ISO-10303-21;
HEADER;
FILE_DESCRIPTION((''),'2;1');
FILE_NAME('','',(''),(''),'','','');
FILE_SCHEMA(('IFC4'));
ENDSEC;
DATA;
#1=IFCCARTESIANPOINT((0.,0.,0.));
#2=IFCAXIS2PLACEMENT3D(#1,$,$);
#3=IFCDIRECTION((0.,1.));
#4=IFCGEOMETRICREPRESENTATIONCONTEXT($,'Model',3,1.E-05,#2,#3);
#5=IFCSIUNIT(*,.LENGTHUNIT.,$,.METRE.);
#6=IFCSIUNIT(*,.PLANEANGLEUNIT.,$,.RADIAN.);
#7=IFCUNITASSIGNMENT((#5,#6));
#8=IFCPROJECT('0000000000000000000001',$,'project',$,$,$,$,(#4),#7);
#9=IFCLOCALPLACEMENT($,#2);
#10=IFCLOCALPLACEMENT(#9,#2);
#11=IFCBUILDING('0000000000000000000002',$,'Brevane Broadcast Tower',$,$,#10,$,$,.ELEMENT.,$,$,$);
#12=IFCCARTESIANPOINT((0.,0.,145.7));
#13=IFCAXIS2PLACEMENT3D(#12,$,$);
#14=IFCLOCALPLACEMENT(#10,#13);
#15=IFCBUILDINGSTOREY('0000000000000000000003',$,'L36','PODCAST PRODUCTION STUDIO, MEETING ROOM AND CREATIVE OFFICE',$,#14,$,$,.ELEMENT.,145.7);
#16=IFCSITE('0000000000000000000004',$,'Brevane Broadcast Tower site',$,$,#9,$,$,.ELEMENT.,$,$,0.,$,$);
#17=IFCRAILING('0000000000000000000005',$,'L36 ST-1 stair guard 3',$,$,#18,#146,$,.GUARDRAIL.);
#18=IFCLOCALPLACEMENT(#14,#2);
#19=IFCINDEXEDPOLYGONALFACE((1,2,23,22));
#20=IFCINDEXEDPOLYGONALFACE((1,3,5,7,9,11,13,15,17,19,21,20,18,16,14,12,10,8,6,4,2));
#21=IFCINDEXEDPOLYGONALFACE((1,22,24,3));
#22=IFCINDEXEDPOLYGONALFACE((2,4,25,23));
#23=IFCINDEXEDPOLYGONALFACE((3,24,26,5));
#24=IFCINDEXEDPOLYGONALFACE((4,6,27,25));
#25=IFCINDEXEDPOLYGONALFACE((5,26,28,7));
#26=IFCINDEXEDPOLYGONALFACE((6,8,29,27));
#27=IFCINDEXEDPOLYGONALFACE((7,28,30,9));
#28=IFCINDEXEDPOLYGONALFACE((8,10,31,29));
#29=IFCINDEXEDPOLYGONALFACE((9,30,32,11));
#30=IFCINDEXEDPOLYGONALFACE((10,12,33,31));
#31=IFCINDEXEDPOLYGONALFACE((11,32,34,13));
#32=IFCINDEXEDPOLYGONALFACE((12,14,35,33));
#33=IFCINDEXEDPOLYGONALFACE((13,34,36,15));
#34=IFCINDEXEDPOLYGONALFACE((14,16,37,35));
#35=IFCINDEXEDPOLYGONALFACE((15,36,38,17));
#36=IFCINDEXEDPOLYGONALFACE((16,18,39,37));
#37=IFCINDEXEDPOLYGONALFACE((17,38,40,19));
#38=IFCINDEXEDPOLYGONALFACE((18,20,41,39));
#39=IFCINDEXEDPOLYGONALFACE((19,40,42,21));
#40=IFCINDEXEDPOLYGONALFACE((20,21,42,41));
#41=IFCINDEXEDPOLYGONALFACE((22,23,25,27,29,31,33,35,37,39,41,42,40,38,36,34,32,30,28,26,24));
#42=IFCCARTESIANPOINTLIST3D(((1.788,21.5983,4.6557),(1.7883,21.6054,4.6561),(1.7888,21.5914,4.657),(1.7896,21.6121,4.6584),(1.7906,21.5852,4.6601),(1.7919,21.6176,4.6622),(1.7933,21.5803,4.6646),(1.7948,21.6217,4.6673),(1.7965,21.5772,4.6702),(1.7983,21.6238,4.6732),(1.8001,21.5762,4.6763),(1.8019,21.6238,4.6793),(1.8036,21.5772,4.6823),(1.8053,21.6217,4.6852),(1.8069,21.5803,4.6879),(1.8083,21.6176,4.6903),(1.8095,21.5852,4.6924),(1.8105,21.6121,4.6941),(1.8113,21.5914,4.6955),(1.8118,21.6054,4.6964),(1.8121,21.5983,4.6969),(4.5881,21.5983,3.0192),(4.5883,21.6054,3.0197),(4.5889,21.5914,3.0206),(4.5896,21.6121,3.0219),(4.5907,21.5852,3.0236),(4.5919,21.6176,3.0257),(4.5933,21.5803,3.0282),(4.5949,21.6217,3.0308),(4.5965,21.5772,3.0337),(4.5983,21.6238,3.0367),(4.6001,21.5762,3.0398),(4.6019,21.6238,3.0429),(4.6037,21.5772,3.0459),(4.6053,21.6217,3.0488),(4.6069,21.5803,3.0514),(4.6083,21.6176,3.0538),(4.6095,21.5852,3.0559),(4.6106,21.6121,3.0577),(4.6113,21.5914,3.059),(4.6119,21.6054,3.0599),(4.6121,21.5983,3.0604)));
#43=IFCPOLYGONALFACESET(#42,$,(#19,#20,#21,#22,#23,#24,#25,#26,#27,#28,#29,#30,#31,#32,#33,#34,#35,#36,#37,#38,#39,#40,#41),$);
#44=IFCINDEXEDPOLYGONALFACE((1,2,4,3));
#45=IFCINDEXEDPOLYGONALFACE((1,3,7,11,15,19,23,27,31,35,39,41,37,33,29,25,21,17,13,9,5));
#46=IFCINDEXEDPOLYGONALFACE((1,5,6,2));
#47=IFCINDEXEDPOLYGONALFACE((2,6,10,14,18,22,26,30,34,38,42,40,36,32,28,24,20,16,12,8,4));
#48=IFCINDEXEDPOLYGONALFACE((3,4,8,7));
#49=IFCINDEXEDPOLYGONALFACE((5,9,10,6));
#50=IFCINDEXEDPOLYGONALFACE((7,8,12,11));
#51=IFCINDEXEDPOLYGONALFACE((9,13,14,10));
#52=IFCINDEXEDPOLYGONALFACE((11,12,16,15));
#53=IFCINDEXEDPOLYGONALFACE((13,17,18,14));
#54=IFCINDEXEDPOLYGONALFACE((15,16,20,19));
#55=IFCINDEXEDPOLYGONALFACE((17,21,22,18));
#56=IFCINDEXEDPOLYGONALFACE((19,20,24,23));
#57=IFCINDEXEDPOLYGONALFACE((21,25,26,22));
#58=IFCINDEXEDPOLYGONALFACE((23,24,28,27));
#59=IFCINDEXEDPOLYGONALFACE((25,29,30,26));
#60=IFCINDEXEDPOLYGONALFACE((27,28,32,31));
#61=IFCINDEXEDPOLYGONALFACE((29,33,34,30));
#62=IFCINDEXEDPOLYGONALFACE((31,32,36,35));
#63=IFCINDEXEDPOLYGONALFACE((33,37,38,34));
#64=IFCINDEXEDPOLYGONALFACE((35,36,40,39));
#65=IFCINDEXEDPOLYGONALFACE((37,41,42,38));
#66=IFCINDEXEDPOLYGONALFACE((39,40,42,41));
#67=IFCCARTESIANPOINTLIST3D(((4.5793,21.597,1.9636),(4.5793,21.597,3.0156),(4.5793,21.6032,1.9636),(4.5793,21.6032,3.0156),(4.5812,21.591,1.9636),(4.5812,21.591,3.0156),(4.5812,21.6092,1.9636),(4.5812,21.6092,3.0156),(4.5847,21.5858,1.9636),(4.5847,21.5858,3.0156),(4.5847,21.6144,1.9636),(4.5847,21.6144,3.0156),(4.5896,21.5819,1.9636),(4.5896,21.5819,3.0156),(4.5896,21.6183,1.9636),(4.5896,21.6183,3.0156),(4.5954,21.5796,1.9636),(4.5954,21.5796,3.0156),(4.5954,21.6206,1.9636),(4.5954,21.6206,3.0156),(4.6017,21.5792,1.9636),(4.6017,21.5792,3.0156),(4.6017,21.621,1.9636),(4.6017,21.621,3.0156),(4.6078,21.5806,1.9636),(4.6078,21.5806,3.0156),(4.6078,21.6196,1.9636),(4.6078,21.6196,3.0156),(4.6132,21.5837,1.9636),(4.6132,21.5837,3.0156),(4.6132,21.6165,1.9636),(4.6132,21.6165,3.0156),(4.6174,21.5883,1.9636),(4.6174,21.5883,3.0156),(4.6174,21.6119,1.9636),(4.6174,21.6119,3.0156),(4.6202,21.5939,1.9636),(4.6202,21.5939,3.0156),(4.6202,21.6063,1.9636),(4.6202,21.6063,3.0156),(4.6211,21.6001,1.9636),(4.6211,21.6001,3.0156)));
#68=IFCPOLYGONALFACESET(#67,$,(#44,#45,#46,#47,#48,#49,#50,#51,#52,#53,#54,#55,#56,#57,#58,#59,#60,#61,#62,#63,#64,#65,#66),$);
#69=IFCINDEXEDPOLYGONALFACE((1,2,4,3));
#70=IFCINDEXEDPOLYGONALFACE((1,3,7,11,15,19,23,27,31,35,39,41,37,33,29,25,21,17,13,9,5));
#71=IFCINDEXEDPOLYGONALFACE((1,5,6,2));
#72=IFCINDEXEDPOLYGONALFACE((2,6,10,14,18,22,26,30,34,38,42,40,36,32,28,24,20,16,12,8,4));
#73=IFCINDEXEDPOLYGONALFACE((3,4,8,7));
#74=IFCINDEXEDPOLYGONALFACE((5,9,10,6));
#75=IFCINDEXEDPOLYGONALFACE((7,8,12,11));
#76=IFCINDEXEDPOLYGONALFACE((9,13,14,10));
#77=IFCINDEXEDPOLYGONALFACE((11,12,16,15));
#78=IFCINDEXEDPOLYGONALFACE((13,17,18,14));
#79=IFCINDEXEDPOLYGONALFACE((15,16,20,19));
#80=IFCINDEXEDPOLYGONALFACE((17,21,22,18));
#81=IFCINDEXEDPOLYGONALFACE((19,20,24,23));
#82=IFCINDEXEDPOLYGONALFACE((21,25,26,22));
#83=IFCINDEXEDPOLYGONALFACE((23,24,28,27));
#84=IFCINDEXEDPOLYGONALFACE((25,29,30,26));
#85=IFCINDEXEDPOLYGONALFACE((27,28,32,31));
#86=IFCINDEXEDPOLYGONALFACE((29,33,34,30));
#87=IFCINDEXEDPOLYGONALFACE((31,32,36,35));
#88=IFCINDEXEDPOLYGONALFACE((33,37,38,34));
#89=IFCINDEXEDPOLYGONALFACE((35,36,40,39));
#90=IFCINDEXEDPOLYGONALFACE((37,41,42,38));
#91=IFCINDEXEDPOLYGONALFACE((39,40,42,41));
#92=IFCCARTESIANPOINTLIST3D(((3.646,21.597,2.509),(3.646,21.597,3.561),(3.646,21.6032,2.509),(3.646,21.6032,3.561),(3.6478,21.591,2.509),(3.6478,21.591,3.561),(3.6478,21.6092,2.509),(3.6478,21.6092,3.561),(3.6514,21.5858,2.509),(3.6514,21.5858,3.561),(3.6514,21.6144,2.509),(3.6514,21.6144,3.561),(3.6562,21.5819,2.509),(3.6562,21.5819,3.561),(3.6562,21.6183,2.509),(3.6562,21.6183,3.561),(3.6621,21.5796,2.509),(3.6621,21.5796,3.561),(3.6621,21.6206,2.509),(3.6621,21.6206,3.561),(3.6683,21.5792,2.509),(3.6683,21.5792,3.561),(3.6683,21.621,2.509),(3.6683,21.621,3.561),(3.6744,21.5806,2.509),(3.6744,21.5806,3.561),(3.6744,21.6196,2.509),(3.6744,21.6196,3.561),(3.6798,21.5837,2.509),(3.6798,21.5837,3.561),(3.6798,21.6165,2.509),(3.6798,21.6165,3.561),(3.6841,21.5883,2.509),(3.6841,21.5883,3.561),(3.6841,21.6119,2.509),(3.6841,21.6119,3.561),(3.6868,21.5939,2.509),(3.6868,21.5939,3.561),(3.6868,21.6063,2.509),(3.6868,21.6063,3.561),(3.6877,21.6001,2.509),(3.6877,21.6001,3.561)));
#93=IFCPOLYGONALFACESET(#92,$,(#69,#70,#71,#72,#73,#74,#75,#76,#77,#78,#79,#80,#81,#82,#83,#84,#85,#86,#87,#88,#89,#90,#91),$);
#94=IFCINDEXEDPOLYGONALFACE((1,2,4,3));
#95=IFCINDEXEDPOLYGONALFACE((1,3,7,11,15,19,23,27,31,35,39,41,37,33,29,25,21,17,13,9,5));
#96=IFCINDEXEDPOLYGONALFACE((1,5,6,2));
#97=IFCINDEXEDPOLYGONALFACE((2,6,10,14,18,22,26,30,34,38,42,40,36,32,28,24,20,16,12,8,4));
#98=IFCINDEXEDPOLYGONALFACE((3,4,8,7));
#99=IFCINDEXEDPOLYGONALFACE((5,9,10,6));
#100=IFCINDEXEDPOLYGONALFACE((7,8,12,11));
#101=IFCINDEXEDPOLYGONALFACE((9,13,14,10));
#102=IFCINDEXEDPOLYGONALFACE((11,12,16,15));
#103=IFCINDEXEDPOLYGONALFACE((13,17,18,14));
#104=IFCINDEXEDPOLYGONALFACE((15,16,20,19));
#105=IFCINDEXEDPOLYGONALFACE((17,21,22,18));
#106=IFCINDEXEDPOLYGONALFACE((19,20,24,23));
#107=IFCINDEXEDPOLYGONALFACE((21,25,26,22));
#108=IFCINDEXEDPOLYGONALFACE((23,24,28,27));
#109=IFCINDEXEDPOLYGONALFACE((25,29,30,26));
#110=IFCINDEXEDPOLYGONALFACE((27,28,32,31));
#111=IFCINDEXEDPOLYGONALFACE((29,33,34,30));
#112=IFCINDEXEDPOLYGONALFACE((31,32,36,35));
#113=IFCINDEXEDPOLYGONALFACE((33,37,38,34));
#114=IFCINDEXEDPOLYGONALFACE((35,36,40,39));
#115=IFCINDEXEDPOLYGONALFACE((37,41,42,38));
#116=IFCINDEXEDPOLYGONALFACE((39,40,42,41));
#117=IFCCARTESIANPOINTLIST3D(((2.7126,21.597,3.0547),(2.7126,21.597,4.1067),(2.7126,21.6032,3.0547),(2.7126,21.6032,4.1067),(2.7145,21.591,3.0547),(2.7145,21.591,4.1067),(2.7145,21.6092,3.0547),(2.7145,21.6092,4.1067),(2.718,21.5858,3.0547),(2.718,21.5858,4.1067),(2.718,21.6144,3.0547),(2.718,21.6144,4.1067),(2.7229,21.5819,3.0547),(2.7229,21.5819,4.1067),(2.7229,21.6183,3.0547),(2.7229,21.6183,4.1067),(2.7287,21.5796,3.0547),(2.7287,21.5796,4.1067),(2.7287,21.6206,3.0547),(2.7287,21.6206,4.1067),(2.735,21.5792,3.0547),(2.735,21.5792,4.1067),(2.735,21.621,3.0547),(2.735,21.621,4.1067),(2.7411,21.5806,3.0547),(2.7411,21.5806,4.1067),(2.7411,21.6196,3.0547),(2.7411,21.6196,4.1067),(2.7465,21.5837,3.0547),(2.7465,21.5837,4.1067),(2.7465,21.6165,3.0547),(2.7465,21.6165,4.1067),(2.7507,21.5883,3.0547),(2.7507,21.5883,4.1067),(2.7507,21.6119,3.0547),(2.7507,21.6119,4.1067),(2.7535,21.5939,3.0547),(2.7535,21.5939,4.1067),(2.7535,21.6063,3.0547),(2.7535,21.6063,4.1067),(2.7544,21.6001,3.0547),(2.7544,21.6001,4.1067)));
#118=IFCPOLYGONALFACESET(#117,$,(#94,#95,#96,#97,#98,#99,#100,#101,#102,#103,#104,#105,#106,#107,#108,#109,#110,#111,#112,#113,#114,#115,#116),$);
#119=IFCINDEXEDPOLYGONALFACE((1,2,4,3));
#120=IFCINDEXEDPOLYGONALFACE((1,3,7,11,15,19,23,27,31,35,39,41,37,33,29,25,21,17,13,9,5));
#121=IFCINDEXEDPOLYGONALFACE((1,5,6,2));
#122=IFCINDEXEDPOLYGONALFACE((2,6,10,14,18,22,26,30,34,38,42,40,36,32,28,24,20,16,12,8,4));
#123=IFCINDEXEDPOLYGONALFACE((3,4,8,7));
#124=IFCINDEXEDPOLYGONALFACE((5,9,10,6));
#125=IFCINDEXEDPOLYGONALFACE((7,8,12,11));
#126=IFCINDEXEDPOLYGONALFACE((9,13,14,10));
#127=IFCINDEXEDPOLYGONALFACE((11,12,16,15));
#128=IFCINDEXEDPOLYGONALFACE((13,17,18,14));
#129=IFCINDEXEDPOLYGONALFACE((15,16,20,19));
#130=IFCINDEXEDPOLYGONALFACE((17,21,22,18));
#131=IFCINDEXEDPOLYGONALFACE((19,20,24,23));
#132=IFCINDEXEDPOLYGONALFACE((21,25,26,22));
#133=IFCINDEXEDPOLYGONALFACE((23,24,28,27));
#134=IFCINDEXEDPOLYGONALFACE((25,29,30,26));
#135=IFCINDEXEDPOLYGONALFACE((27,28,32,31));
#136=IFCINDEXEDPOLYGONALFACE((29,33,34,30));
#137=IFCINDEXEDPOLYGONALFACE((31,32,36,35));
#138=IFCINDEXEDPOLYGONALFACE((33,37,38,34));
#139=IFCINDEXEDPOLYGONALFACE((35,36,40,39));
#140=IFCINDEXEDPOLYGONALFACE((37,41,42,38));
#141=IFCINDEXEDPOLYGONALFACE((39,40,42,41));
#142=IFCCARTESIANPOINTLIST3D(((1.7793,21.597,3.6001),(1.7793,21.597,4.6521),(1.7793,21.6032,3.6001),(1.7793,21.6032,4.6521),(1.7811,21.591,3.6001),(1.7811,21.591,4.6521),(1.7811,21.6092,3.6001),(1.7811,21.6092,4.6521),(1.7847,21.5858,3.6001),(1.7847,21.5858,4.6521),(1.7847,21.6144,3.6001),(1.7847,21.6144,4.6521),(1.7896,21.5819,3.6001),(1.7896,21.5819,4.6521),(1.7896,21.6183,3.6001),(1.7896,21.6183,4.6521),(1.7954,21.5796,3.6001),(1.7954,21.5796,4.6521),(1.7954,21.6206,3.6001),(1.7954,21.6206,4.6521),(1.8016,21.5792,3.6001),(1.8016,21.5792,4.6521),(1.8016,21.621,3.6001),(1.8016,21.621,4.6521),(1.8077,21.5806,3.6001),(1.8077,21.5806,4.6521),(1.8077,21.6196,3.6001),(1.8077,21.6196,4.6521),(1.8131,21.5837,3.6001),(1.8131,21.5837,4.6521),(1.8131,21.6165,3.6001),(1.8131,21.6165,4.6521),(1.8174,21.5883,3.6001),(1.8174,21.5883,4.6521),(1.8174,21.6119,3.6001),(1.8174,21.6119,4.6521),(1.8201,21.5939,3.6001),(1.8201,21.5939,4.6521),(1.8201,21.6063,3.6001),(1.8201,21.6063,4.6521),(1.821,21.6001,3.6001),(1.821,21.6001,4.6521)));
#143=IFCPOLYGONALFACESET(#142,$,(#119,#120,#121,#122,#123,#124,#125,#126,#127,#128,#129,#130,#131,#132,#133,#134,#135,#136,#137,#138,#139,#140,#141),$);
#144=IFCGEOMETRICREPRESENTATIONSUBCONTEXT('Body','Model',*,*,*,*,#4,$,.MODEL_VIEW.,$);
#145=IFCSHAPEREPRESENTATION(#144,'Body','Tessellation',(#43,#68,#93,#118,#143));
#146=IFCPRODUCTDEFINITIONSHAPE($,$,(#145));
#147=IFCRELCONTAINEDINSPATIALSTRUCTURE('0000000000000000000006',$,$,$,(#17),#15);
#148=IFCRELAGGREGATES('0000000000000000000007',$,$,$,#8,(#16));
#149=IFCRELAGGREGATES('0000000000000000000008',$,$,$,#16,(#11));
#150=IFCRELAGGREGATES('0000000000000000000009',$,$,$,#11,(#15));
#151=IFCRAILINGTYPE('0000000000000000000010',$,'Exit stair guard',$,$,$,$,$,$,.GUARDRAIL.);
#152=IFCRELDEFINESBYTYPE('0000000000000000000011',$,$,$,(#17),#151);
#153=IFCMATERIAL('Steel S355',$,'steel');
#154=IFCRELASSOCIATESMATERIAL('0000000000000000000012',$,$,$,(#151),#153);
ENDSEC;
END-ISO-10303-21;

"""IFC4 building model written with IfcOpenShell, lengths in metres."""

from ifc_helpers import new_model, si_unit, direction, frame, origin, origin_2d, place, context, subcontext, project, spatial, circle, extrude, material, type_object, element, save


model = new_model("IFC4")

# Units and contexts
model_context = context("Model", 3, precision=1e-05, world=origin(), true_north=direction((0.0, 1.0)))
body_context = subcontext(model_context, "Body", "Model", "MODEL_VIEW")
ifc_project = project(units=[si_unit("LENGTHUNIT", "METRE"), si_unit("PLANEANGLEUNIT", "RADIAN")], contexts=[model_context])

# Site, building, storey
site_placement = place(None, origin())
site = spatial("IfcSite", under=ifc_project, at=site_placement, Name="Brevane Broadcast Tower site", CompositionType="ELEMENT", RefElevation=0.0)
building_placement = place(site_placement, origin())
building = spatial("IfcBuilding", under=site, at=building_placement, Name="Brevane Broadcast Tower", CompositionType="ELEMENT")
storey_placement = place(building_placement, frame((0.0, 0.0, 145.7)))
storey = spatial("IfcBuildingStorey", under=building, at=storey_placement, Name="L36", Description="PODCAST PRODUCTION STUDIO, MEETING ROOM AND CREATIVE OFFICE", CompositionType="ELEMENT", Elevation=145.7)

# Railing
ifc_material_1 = material(Name="Steel S355", Category="steel")
railing_type_1 = type_object("IfcRailingType", Name="Exit stair guard", PredefinedType="GUARDRAIL", material=ifc_material_1)
railing_1_placement = place(storey_placement, frame((4.6001, 21.6001, 1.9636)))
element("IfcRailing", 1, at=railing_1_placement, inside=storey, type_object=railing_type_1, Name="L36 ST-1 stair guard 3", PredefinedType="GUARDRAIL", context=body_context, shape_type="SweptSolid", body=[
    extrude(circle(Radius=0.0239, at=origin_2d()), frame((0.0, 0.0, 1.0762), z_axis=(-0.863361, 0.0, 0.504587), x_axis=(0.0, -1.0, 0.0)), (0.0, 0.0, 1.0), 3.2432),
    extrude(circle(Radius=0.021, at=origin_2d()), origin(), (0.0, 0.0, 1.0), 1.052),
    extrude(circle(Radius=0.021, at=origin_2d()), frame((-0.9333, 0.0, 0.5454)), (0.0, 0.0, 1.0), 1.052),
    extrude(circle(Radius=0.021, at=origin_2d()), frame((-1.8667, 0.0, 1.0911)), (0.0, 0.0, 1.0), 1.052),
    extrude(circle(Radius=0.021, at=origin_2d()), frame((-2.8, 0.0, 1.6365)), (0.0, 0.0, 1.0), 1.052),
])

save(model, "model.ifc")
